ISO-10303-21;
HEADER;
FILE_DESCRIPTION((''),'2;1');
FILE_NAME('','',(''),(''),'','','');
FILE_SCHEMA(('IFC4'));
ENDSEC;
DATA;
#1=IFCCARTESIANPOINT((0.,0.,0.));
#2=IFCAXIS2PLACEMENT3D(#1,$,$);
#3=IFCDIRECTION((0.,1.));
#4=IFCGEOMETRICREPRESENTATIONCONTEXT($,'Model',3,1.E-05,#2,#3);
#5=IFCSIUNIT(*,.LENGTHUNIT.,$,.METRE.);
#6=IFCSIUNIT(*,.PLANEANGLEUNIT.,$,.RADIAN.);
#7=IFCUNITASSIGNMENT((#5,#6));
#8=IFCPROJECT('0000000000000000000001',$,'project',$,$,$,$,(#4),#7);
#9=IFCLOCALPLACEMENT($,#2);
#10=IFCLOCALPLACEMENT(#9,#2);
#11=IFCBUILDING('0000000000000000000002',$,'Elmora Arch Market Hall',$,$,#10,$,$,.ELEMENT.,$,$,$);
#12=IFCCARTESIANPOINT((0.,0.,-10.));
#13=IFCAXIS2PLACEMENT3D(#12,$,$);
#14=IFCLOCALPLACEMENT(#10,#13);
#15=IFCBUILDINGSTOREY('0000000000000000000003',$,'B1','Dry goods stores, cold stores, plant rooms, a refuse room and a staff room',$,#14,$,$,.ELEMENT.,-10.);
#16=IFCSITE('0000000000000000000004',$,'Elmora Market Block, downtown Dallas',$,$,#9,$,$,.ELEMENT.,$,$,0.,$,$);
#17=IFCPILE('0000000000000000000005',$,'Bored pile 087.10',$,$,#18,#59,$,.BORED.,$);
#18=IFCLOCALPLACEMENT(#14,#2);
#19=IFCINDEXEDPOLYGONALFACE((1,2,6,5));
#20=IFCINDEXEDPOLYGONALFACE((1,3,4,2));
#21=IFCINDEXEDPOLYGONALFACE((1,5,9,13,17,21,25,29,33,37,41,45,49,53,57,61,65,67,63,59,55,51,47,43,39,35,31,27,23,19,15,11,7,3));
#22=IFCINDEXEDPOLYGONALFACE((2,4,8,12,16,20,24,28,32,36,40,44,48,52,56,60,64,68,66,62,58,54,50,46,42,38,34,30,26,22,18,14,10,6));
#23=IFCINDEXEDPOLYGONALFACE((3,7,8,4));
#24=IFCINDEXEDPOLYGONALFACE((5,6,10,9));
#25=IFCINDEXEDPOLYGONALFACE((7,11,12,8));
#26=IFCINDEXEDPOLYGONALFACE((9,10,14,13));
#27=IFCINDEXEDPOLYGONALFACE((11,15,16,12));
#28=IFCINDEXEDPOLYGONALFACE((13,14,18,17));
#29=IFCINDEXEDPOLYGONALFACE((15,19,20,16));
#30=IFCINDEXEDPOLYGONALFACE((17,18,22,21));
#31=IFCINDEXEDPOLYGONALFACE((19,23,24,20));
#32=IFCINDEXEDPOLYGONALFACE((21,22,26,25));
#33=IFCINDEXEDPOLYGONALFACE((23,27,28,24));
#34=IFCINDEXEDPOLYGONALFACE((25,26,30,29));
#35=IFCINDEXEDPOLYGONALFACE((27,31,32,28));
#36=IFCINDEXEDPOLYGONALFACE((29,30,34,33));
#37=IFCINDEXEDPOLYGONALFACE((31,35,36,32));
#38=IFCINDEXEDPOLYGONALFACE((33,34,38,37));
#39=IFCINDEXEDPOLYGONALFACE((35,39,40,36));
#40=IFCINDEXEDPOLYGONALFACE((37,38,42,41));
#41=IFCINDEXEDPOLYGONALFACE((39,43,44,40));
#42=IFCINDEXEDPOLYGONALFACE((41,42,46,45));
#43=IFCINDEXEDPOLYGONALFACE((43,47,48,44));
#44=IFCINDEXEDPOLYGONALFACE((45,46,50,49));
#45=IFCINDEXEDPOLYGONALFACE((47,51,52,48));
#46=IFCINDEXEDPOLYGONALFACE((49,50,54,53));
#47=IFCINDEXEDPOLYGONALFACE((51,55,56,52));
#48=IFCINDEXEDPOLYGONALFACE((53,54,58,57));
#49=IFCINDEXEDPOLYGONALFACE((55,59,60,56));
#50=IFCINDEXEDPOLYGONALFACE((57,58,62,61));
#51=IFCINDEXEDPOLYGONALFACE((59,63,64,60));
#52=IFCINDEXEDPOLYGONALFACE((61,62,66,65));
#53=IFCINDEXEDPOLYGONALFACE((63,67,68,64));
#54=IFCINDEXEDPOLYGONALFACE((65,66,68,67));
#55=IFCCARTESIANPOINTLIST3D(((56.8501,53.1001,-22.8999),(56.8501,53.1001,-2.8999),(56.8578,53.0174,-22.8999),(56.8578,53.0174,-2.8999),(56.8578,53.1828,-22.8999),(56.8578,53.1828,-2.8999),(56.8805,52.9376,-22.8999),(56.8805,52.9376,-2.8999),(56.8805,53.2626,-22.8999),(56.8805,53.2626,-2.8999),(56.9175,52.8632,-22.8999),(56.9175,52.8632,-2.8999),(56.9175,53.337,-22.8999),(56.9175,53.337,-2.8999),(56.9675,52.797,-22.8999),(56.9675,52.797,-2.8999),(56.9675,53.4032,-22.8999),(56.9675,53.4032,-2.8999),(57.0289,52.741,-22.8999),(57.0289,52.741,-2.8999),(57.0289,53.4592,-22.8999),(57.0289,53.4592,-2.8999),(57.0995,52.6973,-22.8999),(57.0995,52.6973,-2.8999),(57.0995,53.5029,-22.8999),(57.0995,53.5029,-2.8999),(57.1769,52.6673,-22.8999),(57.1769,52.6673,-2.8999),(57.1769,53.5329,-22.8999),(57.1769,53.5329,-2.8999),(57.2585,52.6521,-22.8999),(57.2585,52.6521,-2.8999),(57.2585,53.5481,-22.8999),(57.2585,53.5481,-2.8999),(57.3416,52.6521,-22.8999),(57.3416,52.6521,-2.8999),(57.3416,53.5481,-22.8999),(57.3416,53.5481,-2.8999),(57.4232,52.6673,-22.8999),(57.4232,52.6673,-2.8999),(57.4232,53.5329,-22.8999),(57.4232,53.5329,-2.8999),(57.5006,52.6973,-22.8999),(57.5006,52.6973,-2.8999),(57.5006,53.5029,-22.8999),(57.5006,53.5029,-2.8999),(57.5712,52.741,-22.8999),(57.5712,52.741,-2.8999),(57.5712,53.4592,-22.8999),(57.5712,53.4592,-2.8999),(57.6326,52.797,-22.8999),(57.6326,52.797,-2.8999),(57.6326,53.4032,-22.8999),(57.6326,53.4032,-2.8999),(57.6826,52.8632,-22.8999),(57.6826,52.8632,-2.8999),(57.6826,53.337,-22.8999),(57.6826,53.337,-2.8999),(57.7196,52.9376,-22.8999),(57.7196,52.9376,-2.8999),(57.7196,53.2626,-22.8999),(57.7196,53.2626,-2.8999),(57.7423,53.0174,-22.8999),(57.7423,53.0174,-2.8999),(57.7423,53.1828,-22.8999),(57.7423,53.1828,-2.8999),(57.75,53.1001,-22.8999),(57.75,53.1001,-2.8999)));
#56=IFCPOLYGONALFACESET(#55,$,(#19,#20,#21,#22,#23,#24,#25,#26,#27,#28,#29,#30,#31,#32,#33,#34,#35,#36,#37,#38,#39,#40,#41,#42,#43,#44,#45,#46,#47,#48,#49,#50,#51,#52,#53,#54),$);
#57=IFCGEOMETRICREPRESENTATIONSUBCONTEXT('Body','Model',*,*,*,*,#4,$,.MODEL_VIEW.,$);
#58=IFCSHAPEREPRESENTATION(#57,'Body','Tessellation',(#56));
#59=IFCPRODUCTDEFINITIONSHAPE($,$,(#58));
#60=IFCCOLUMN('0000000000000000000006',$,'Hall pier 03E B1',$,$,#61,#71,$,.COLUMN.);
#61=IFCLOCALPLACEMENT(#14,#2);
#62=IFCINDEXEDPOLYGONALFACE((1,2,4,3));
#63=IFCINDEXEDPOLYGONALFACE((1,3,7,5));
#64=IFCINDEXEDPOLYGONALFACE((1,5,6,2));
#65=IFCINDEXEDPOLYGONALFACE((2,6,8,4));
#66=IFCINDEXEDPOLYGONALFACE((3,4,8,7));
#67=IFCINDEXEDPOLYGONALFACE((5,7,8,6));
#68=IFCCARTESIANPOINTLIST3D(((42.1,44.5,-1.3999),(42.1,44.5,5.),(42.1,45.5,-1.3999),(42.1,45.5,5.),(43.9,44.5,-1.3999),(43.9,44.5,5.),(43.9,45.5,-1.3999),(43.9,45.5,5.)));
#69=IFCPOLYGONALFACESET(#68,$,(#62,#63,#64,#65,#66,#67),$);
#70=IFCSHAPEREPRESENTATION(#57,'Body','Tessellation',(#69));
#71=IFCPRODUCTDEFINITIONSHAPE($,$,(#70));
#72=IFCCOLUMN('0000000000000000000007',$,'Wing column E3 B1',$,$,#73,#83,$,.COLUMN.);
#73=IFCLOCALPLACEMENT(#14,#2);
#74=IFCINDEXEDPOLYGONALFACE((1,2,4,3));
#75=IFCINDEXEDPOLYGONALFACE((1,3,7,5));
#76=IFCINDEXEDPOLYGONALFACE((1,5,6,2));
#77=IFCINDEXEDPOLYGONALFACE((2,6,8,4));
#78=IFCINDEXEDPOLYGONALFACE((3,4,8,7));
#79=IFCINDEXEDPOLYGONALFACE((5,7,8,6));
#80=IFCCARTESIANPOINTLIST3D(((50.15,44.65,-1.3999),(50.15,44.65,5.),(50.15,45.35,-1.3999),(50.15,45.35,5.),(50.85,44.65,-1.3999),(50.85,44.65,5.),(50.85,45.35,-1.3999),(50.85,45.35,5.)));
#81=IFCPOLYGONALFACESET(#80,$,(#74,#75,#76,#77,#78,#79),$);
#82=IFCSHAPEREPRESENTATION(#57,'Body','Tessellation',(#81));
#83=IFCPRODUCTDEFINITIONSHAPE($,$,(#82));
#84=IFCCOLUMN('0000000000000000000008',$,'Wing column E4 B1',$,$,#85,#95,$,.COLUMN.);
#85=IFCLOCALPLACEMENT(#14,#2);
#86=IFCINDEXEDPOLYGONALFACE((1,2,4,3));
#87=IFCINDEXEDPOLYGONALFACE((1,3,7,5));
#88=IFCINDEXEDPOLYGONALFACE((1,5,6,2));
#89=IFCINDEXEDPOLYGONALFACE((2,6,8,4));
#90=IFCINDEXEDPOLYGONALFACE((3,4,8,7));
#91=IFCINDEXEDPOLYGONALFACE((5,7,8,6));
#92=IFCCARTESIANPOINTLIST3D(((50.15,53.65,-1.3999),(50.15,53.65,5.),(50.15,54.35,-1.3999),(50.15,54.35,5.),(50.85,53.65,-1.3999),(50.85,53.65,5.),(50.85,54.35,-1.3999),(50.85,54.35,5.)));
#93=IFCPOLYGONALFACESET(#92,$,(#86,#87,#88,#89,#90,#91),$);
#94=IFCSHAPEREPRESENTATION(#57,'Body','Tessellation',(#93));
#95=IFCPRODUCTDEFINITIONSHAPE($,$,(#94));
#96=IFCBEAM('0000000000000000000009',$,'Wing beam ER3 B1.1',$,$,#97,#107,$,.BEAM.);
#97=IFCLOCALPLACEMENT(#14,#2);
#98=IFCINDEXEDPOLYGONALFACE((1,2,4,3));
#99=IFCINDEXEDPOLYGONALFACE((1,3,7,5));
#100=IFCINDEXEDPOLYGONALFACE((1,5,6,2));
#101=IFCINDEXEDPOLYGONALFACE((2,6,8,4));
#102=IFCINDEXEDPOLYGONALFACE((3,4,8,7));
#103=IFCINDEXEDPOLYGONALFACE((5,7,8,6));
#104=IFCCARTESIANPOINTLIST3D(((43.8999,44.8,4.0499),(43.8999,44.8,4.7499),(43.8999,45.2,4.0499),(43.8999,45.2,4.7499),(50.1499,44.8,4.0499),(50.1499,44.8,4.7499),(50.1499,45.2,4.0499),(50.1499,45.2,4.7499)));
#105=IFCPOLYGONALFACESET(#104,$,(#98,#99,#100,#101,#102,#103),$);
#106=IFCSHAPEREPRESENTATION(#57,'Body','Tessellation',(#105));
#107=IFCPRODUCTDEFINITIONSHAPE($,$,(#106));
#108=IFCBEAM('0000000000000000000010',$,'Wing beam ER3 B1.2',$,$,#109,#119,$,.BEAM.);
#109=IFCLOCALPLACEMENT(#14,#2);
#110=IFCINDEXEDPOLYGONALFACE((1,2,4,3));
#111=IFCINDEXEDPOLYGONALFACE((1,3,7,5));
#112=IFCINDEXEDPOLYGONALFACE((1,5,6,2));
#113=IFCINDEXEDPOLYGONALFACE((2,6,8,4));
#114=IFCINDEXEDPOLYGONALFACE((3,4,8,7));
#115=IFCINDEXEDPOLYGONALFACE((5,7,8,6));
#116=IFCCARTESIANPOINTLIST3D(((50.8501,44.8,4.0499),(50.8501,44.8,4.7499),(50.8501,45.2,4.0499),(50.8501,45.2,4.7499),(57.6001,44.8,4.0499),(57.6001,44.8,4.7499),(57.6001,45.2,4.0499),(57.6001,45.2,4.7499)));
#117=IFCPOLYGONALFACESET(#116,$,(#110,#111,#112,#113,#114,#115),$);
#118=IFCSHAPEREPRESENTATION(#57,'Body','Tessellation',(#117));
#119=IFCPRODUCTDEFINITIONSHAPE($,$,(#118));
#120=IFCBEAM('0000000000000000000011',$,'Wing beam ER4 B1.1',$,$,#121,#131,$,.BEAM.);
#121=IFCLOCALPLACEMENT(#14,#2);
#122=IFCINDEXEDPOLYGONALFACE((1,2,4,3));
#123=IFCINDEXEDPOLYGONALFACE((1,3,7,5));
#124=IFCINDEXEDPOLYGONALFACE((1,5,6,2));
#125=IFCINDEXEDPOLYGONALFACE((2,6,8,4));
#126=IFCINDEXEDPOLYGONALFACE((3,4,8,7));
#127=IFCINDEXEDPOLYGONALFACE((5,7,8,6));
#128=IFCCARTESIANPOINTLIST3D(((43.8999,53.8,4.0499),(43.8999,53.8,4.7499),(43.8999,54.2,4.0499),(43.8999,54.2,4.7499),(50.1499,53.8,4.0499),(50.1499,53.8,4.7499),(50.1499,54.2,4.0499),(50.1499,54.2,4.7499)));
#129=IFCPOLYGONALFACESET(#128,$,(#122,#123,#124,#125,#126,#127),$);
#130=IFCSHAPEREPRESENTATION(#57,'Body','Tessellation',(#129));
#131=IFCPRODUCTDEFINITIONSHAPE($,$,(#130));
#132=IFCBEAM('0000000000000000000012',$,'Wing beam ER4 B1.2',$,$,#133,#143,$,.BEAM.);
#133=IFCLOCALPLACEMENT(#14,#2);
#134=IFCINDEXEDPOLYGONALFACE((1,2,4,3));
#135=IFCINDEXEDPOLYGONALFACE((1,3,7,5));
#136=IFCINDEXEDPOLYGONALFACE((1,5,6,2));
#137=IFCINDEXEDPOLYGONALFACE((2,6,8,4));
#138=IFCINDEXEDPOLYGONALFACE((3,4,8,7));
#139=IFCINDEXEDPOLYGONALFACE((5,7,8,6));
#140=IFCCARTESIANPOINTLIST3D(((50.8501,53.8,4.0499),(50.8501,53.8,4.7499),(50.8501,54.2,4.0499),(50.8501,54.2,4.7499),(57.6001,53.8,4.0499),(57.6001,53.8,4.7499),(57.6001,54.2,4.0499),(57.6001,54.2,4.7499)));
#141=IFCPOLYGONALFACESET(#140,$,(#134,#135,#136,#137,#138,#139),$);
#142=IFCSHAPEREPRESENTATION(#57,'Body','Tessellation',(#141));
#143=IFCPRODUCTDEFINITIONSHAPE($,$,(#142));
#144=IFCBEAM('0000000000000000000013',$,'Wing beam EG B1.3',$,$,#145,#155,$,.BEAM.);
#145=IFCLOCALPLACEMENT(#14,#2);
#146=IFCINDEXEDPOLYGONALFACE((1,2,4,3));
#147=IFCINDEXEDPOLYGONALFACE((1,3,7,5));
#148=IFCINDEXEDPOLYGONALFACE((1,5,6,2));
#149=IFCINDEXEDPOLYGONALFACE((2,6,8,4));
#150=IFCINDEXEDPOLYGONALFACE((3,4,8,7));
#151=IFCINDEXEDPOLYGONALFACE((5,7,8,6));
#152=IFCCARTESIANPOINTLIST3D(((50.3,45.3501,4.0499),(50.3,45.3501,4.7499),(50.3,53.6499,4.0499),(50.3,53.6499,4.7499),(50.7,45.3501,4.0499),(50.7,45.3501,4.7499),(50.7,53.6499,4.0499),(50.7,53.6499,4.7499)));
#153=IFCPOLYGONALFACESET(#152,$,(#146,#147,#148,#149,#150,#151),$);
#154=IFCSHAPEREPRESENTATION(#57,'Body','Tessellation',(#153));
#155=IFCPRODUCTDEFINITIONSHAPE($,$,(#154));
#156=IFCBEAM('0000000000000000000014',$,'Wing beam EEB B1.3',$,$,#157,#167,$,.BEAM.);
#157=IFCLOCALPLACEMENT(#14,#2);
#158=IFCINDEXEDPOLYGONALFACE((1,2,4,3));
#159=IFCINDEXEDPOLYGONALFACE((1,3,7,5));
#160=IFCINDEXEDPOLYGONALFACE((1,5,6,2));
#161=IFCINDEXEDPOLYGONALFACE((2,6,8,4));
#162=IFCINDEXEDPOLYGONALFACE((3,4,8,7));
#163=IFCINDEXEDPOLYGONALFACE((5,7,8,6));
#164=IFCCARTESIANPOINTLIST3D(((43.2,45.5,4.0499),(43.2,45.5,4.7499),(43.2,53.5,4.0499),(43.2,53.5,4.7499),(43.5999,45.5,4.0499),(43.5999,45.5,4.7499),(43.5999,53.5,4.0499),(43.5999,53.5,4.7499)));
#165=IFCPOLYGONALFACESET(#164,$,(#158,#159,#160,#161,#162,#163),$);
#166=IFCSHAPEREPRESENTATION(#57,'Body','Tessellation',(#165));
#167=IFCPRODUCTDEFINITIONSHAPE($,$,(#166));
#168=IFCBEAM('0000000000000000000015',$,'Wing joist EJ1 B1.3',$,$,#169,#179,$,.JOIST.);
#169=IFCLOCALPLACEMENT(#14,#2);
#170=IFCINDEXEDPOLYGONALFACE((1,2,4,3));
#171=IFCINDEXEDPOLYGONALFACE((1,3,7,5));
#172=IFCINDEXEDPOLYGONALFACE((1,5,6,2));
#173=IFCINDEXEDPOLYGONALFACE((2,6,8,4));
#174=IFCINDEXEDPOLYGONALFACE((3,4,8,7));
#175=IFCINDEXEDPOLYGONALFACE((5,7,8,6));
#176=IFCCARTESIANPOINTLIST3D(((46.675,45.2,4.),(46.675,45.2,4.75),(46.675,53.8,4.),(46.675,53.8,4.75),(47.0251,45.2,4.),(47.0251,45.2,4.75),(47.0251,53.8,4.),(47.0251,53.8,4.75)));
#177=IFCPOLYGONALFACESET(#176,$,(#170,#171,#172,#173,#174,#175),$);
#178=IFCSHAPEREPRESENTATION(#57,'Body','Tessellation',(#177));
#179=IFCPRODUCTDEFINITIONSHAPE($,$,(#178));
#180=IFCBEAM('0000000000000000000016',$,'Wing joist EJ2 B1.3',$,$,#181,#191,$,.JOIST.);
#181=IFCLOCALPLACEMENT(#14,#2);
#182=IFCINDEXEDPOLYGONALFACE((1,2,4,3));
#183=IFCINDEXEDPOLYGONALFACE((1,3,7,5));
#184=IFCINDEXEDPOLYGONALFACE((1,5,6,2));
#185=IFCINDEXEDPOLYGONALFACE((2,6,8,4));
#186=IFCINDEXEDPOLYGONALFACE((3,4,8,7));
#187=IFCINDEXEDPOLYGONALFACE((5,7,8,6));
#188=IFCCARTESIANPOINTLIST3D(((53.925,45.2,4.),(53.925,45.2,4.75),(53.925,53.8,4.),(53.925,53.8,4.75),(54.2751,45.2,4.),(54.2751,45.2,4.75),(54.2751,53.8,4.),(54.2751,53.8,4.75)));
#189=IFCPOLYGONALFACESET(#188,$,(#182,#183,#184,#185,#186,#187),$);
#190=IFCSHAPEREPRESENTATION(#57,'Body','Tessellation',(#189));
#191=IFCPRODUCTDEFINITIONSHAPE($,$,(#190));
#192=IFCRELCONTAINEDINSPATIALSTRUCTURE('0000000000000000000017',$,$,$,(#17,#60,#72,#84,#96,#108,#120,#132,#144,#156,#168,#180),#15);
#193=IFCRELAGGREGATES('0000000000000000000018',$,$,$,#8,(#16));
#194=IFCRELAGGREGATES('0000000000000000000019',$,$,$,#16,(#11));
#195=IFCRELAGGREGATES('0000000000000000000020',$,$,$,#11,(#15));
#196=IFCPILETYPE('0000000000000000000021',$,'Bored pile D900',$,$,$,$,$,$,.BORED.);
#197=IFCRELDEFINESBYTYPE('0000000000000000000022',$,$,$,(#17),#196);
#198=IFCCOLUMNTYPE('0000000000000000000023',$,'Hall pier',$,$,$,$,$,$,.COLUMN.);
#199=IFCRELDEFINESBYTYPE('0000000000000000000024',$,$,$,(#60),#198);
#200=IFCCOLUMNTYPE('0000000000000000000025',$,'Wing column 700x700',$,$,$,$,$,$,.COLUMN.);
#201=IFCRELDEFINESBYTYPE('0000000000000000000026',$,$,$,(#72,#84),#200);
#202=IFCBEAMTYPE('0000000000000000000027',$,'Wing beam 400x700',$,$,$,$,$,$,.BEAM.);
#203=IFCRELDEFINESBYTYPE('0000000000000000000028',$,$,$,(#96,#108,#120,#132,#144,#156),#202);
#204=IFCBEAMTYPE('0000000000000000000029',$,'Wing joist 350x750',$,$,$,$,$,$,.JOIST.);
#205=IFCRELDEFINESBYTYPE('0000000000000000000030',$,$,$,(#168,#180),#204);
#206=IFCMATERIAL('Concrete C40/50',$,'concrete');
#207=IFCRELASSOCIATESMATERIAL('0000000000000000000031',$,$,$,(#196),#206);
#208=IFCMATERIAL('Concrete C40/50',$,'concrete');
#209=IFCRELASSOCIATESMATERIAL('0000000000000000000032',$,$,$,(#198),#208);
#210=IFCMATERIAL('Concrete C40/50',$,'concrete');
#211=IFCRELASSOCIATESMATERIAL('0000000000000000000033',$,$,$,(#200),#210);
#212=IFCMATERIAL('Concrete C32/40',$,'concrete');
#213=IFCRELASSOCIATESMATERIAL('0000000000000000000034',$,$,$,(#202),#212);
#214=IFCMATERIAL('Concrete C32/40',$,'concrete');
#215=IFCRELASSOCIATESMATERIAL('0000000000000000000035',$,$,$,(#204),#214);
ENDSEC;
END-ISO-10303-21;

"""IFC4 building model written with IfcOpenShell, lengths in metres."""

from ifc_helpers import new_model, si_unit, direction, frame, origin, origin_2d, place, context, subcontext, project, spatial, rectangle, circle, extrude, material, material_profile, profile_set, type_object, element, save


model = new_model("IFC4")

# Units and contexts
model_context = context("Model", 3, precision=1e-05, world=origin(), true_north=direction((0.0, 1.0)))
body_context = subcontext(model_context, "Body", "Model", "MODEL_VIEW")
ifc_project = project(units=[si_unit("LENGTHUNIT", "METRE"), si_unit("PLANEANGLEUNIT", "RADIAN")], contexts=[model_context])

# Site, building, storey
site_placement = place(None, origin())
site = spatial("IfcSite", under=ifc_project, at=site_placement, Name="Elmora Market Block, downtown Dallas", CompositionType="ELEMENT", RefElevation=0.0)
building_placement = place(site_placement, origin())
building = spatial("IfcBuilding", under=site, at=building_placement, Name="Elmora Arch Market Hall", CompositionType="ELEMENT")
storey_placement = place(building_placement, frame((0.0, 0.0, -10.0)))
storey = spatial("IfcBuildingStorey", under=building, at=storey_placement, Name="B1", Description="Dry goods stores, cold stores, plant rooms, a refuse room and a staff room", CompositionType="ELEMENT", Elevation=-10.0)

# Pile
ifc_material_1 = material(Name="Concrete C40/50", Category="concrete")
ifc_material_profile_1 = material_profile(ifc_material_1, circle(Radius=0.45, at=origin_2d()), Name="Bored pile D900")
ifc_profile_set_1 = profile_set([ifc_material_profile_1], Name="Concrete C40/50")
pile_type = type_object("IfcPileType", Name="Bored pile D900", PredefinedType="BORED", material=ifc_profile_set_1)
for number, where, z_axis, x_axis, name in (
    (1, (57.3, 53.1001, -2.8999), (0.0, 0.0, -1.0), (1.0, 0.0, 0.0), "Bored pile 087.10"),
):
    element("IfcPile", number, at=place(storey_placement, frame(where, z_axis=z_axis, x_axis=x_axis)), inside=storey, type_object=pile_type, Name=name, PredefinedType="BORED", context=body_context, shape_type="SweptSolid", body=[
        extrude(circle(Radius=0.45, at=origin_2d()), origin(), (0.0, 0.0, 1.0), 20.0),
    ])

# Columns
ifc_material_2 = material(Name="Concrete C40/50", Category="concrete")
ifc_material_profile_2 = material_profile(ifc_material_2, rectangle(XDim=1.8, YDim=1.0, at=origin_2d()), Name="Hall pier")
ifc_profile_set_2 = profile_set([ifc_material_profile_2], Name="Concrete C40/50")
column_type_1 = type_object("IfcColumnType", Name="Hall pier", PredefinedType="COLUMN", material=ifc_profile_set_2)
column_placement = place(storey_placement, frame((43.0, 45.0, -1.3999), z_axis=(0.0, 0.0, 1.0), x_axis=(1.0, 0.0, 0.0)))
element("IfcColumn", 2, at=column_placement, inside=storey, type_object=column_type_1, Name="Hall pier 03E B1", PredefinedType="COLUMN", context=body_context, shape_type="SweptSolid", body=[
    extrude(rectangle(XDim=1.8, YDim=1.0, at=origin_2d()), origin(), (0.0, 0.0, 1.0), 6.3999),
])
ifc_material_3 = material(Name="Concrete C40/50", Category="concrete")
ifc_material_profile_3 = material_profile(ifc_material_3, rectangle(XDim=0.7, YDim=0.7, at=origin_2d()), Name="Wing column 700x700")
ifc_profile_set_3 = profile_set([ifc_material_profile_3], Name="Concrete C40/50")
column_type_2 = type_object("IfcColumnType", Name="Wing column 700x700", PredefinedType="COLUMN", material=ifc_profile_set_3)
for number, where, z_axis, x_axis, name in (
    (3, (50.5, 45.0, -1.3999), (0.0, 0.0, 1.0), (1.0, 0.0, 0.0), "Wing column E3 B1"),
    (4, (50.5, 54.0, -1.3999), (0.0, 0.0, 1.0), (1.0, 0.0, 0.0), "Wing column E4 B1"),
):
    element("IfcColumn", number, at=place(storey_placement, frame(where, z_axis=z_axis, x_axis=x_axis)), inside=storey, type_object=column_type_2, Name=name, PredefinedType="COLUMN", context=body_context, shape_type="SweptSolid", body=[
        extrude(rectangle(XDim=0.7, YDim=0.7, at=origin_2d()), origin(), (0.0, 0.0, 1.0), 6.3999),
    ])

# Beams
ifc_material_4 = material(Name="Concrete C32/40", Category="concrete")
ifc_material_profile_4 = material_profile(ifc_material_4, rectangle(XDim=0.3999, YDim=0.7, at=origin_2d()), Name="Wing beam 400x700")
ifc_profile_set_4 = profile_set([ifc_material_profile_4], Name="Concrete C32/40")
beam_type_1 = type_object("IfcBeamType", Name="Wing beam 400x700", PredefinedType="BEAM", material=ifc_profile_set_4)
beam_1_placement = place(storey_placement, frame((43.8999, 45.0, 4.3999), z_axis=(1.0, 0.0, 0.0), x_axis=(0.0, 1.0, 0.0)))
element("IfcBeam", 5, at=beam_1_placement, inside=storey, type_object=beam_type_1, Name="Wing beam ER3 B1.1", PredefinedType="BEAM", context=body_context, shape_type="SweptSolid", body=[
    extrude(rectangle(XDim=0.3999, YDim=0.7, at=origin_2d()), origin(), (0.0, 0.0, 1.0), 6.25),
])
beam_2_placement = place(storey_placement, frame((50.8501, 45.0, 4.3999), z_axis=(1.0, 0.0, 0.0), x_axis=(0.0, 1.0, 0.0)))
element("IfcBeam", 6, at=beam_2_placement, inside=storey, type_object=beam_type_1, Name="Wing beam ER3 B1.2", PredefinedType="BEAM", context=body_context, shape_type="SweptSolid", body=[
    extrude(rectangle(XDim=0.3999, YDim=0.7, at=origin_2d()), origin(), (0.0, 0.0, 1.0), 6.75),
])
beam_3_placement = place(storey_placement, frame((43.8999, 54.0, 4.3999), z_axis=(1.0, 0.0, 0.0), x_axis=(0.0, 1.0, 0.0)))
element("IfcBeam", 7, at=beam_3_placement, inside=storey, type_object=beam_type_1, Name="Wing beam ER4 B1.1", PredefinedType="BEAM", context=body_context, shape_type="SweptSolid", body=[
    extrude(rectangle(XDim=0.3999, YDim=0.7, at=origin_2d()), origin(), (0.0, 0.0, 1.0), 6.25),
])
beam_4_placement = place(storey_placement, frame((50.8501, 54.0, 4.3999), z_axis=(1.0, 0.0, 0.0), x_axis=(0.0, 1.0, 0.0)))
element("IfcBeam", 8, at=beam_4_placement, inside=storey, type_object=beam_type_1, Name="Wing beam ER4 B1.2", PredefinedType="BEAM", context=body_context, shape_type="SweptSolid", body=[
    extrude(rectangle(XDim=0.3999, YDim=0.7, at=origin_2d()), origin(), (0.0, 0.0, 1.0), 6.75),
])
beam_5_placement = place(storey_placement, frame((50.5, 45.3501, 4.3999), z_axis=(0.0, 1.0, 0.0), x_axis=(-1.0, 0.0, 0.0)))
element("IfcBeam", 9, at=beam_5_placement, inside=storey, type_object=beam_type_1, Name="Wing beam EG B1.3", PredefinedType="BEAM", context=body_context, shape_type="SweptSolid", body=[
    extrude(rectangle(XDim=0.3999, YDim=0.7, at=origin_2d()), origin(), (0.0, 0.0, 1.0), 8.2998),
])
beam_6_placement = place(storey_placement, frame((43.3999, 45.5, 4.3999), z_axis=(0.0, 1.0, 0.0), x_axis=(-1.0, 0.0, 0.0)))
element("IfcBeam", 10, at=beam_6_placement, inside=storey, type_object=beam_type_1, Name="Wing beam EEB B1.3", PredefinedType="BEAM", context=body_context, shape_type="SweptSolid", body=[
    extrude(rectangle(XDim=0.3999, YDim=0.7, at=origin_2d()), origin(), (0.0, 0.0, 1.0), 8.0),
])
ifc_material_5 = material(Name="Concrete C32/40", Category="concrete")
ifc_material_profile_5 = material_profile(ifc_material_5, rectangle(XDim=0.3501, YDim=0.75, at=origin_2d()), Name="Wing joist 350x750")
ifc_profile_set_5 = profile_set([ifc_material_profile_5], Name="Concrete C32/40")
beam_type_2 = type_object("IfcBeamType", Name="Wing joist 350x750", PredefinedType="JOIST", material=ifc_profile_set_5)
for number, where, z_axis, x_axis, name in (
    (11, (46.8501, 45.2, 4.375), (0.0, 1.0, 0.0), (-1.0, 0.0, 0.0), "Wing joist EJ1 B1.3"),
    (12, (54.1001, 45.2, 4.375), (0.0, 1.0, 0.0), (-1.0, 0.0, 0.0), "Wing joist EJ2 B1.3"),
):
    element("IfcBeam", number, at=place(storey_placement, frame(where, z_axis=z_axis, x_axis=x_axis)), inside=storey, type_object=beam_type_2, Name=name, PredefinedType="JOIST", context=body_context, shape_type="SweptSolid", body=[
        extrude(rectangle(XDim=0.3501, YDim=0.75, at=origin_2d()), origin(), (0.0, 0.0, 1.0), 8.6001),
    ])

save(model, "model.ifc")
